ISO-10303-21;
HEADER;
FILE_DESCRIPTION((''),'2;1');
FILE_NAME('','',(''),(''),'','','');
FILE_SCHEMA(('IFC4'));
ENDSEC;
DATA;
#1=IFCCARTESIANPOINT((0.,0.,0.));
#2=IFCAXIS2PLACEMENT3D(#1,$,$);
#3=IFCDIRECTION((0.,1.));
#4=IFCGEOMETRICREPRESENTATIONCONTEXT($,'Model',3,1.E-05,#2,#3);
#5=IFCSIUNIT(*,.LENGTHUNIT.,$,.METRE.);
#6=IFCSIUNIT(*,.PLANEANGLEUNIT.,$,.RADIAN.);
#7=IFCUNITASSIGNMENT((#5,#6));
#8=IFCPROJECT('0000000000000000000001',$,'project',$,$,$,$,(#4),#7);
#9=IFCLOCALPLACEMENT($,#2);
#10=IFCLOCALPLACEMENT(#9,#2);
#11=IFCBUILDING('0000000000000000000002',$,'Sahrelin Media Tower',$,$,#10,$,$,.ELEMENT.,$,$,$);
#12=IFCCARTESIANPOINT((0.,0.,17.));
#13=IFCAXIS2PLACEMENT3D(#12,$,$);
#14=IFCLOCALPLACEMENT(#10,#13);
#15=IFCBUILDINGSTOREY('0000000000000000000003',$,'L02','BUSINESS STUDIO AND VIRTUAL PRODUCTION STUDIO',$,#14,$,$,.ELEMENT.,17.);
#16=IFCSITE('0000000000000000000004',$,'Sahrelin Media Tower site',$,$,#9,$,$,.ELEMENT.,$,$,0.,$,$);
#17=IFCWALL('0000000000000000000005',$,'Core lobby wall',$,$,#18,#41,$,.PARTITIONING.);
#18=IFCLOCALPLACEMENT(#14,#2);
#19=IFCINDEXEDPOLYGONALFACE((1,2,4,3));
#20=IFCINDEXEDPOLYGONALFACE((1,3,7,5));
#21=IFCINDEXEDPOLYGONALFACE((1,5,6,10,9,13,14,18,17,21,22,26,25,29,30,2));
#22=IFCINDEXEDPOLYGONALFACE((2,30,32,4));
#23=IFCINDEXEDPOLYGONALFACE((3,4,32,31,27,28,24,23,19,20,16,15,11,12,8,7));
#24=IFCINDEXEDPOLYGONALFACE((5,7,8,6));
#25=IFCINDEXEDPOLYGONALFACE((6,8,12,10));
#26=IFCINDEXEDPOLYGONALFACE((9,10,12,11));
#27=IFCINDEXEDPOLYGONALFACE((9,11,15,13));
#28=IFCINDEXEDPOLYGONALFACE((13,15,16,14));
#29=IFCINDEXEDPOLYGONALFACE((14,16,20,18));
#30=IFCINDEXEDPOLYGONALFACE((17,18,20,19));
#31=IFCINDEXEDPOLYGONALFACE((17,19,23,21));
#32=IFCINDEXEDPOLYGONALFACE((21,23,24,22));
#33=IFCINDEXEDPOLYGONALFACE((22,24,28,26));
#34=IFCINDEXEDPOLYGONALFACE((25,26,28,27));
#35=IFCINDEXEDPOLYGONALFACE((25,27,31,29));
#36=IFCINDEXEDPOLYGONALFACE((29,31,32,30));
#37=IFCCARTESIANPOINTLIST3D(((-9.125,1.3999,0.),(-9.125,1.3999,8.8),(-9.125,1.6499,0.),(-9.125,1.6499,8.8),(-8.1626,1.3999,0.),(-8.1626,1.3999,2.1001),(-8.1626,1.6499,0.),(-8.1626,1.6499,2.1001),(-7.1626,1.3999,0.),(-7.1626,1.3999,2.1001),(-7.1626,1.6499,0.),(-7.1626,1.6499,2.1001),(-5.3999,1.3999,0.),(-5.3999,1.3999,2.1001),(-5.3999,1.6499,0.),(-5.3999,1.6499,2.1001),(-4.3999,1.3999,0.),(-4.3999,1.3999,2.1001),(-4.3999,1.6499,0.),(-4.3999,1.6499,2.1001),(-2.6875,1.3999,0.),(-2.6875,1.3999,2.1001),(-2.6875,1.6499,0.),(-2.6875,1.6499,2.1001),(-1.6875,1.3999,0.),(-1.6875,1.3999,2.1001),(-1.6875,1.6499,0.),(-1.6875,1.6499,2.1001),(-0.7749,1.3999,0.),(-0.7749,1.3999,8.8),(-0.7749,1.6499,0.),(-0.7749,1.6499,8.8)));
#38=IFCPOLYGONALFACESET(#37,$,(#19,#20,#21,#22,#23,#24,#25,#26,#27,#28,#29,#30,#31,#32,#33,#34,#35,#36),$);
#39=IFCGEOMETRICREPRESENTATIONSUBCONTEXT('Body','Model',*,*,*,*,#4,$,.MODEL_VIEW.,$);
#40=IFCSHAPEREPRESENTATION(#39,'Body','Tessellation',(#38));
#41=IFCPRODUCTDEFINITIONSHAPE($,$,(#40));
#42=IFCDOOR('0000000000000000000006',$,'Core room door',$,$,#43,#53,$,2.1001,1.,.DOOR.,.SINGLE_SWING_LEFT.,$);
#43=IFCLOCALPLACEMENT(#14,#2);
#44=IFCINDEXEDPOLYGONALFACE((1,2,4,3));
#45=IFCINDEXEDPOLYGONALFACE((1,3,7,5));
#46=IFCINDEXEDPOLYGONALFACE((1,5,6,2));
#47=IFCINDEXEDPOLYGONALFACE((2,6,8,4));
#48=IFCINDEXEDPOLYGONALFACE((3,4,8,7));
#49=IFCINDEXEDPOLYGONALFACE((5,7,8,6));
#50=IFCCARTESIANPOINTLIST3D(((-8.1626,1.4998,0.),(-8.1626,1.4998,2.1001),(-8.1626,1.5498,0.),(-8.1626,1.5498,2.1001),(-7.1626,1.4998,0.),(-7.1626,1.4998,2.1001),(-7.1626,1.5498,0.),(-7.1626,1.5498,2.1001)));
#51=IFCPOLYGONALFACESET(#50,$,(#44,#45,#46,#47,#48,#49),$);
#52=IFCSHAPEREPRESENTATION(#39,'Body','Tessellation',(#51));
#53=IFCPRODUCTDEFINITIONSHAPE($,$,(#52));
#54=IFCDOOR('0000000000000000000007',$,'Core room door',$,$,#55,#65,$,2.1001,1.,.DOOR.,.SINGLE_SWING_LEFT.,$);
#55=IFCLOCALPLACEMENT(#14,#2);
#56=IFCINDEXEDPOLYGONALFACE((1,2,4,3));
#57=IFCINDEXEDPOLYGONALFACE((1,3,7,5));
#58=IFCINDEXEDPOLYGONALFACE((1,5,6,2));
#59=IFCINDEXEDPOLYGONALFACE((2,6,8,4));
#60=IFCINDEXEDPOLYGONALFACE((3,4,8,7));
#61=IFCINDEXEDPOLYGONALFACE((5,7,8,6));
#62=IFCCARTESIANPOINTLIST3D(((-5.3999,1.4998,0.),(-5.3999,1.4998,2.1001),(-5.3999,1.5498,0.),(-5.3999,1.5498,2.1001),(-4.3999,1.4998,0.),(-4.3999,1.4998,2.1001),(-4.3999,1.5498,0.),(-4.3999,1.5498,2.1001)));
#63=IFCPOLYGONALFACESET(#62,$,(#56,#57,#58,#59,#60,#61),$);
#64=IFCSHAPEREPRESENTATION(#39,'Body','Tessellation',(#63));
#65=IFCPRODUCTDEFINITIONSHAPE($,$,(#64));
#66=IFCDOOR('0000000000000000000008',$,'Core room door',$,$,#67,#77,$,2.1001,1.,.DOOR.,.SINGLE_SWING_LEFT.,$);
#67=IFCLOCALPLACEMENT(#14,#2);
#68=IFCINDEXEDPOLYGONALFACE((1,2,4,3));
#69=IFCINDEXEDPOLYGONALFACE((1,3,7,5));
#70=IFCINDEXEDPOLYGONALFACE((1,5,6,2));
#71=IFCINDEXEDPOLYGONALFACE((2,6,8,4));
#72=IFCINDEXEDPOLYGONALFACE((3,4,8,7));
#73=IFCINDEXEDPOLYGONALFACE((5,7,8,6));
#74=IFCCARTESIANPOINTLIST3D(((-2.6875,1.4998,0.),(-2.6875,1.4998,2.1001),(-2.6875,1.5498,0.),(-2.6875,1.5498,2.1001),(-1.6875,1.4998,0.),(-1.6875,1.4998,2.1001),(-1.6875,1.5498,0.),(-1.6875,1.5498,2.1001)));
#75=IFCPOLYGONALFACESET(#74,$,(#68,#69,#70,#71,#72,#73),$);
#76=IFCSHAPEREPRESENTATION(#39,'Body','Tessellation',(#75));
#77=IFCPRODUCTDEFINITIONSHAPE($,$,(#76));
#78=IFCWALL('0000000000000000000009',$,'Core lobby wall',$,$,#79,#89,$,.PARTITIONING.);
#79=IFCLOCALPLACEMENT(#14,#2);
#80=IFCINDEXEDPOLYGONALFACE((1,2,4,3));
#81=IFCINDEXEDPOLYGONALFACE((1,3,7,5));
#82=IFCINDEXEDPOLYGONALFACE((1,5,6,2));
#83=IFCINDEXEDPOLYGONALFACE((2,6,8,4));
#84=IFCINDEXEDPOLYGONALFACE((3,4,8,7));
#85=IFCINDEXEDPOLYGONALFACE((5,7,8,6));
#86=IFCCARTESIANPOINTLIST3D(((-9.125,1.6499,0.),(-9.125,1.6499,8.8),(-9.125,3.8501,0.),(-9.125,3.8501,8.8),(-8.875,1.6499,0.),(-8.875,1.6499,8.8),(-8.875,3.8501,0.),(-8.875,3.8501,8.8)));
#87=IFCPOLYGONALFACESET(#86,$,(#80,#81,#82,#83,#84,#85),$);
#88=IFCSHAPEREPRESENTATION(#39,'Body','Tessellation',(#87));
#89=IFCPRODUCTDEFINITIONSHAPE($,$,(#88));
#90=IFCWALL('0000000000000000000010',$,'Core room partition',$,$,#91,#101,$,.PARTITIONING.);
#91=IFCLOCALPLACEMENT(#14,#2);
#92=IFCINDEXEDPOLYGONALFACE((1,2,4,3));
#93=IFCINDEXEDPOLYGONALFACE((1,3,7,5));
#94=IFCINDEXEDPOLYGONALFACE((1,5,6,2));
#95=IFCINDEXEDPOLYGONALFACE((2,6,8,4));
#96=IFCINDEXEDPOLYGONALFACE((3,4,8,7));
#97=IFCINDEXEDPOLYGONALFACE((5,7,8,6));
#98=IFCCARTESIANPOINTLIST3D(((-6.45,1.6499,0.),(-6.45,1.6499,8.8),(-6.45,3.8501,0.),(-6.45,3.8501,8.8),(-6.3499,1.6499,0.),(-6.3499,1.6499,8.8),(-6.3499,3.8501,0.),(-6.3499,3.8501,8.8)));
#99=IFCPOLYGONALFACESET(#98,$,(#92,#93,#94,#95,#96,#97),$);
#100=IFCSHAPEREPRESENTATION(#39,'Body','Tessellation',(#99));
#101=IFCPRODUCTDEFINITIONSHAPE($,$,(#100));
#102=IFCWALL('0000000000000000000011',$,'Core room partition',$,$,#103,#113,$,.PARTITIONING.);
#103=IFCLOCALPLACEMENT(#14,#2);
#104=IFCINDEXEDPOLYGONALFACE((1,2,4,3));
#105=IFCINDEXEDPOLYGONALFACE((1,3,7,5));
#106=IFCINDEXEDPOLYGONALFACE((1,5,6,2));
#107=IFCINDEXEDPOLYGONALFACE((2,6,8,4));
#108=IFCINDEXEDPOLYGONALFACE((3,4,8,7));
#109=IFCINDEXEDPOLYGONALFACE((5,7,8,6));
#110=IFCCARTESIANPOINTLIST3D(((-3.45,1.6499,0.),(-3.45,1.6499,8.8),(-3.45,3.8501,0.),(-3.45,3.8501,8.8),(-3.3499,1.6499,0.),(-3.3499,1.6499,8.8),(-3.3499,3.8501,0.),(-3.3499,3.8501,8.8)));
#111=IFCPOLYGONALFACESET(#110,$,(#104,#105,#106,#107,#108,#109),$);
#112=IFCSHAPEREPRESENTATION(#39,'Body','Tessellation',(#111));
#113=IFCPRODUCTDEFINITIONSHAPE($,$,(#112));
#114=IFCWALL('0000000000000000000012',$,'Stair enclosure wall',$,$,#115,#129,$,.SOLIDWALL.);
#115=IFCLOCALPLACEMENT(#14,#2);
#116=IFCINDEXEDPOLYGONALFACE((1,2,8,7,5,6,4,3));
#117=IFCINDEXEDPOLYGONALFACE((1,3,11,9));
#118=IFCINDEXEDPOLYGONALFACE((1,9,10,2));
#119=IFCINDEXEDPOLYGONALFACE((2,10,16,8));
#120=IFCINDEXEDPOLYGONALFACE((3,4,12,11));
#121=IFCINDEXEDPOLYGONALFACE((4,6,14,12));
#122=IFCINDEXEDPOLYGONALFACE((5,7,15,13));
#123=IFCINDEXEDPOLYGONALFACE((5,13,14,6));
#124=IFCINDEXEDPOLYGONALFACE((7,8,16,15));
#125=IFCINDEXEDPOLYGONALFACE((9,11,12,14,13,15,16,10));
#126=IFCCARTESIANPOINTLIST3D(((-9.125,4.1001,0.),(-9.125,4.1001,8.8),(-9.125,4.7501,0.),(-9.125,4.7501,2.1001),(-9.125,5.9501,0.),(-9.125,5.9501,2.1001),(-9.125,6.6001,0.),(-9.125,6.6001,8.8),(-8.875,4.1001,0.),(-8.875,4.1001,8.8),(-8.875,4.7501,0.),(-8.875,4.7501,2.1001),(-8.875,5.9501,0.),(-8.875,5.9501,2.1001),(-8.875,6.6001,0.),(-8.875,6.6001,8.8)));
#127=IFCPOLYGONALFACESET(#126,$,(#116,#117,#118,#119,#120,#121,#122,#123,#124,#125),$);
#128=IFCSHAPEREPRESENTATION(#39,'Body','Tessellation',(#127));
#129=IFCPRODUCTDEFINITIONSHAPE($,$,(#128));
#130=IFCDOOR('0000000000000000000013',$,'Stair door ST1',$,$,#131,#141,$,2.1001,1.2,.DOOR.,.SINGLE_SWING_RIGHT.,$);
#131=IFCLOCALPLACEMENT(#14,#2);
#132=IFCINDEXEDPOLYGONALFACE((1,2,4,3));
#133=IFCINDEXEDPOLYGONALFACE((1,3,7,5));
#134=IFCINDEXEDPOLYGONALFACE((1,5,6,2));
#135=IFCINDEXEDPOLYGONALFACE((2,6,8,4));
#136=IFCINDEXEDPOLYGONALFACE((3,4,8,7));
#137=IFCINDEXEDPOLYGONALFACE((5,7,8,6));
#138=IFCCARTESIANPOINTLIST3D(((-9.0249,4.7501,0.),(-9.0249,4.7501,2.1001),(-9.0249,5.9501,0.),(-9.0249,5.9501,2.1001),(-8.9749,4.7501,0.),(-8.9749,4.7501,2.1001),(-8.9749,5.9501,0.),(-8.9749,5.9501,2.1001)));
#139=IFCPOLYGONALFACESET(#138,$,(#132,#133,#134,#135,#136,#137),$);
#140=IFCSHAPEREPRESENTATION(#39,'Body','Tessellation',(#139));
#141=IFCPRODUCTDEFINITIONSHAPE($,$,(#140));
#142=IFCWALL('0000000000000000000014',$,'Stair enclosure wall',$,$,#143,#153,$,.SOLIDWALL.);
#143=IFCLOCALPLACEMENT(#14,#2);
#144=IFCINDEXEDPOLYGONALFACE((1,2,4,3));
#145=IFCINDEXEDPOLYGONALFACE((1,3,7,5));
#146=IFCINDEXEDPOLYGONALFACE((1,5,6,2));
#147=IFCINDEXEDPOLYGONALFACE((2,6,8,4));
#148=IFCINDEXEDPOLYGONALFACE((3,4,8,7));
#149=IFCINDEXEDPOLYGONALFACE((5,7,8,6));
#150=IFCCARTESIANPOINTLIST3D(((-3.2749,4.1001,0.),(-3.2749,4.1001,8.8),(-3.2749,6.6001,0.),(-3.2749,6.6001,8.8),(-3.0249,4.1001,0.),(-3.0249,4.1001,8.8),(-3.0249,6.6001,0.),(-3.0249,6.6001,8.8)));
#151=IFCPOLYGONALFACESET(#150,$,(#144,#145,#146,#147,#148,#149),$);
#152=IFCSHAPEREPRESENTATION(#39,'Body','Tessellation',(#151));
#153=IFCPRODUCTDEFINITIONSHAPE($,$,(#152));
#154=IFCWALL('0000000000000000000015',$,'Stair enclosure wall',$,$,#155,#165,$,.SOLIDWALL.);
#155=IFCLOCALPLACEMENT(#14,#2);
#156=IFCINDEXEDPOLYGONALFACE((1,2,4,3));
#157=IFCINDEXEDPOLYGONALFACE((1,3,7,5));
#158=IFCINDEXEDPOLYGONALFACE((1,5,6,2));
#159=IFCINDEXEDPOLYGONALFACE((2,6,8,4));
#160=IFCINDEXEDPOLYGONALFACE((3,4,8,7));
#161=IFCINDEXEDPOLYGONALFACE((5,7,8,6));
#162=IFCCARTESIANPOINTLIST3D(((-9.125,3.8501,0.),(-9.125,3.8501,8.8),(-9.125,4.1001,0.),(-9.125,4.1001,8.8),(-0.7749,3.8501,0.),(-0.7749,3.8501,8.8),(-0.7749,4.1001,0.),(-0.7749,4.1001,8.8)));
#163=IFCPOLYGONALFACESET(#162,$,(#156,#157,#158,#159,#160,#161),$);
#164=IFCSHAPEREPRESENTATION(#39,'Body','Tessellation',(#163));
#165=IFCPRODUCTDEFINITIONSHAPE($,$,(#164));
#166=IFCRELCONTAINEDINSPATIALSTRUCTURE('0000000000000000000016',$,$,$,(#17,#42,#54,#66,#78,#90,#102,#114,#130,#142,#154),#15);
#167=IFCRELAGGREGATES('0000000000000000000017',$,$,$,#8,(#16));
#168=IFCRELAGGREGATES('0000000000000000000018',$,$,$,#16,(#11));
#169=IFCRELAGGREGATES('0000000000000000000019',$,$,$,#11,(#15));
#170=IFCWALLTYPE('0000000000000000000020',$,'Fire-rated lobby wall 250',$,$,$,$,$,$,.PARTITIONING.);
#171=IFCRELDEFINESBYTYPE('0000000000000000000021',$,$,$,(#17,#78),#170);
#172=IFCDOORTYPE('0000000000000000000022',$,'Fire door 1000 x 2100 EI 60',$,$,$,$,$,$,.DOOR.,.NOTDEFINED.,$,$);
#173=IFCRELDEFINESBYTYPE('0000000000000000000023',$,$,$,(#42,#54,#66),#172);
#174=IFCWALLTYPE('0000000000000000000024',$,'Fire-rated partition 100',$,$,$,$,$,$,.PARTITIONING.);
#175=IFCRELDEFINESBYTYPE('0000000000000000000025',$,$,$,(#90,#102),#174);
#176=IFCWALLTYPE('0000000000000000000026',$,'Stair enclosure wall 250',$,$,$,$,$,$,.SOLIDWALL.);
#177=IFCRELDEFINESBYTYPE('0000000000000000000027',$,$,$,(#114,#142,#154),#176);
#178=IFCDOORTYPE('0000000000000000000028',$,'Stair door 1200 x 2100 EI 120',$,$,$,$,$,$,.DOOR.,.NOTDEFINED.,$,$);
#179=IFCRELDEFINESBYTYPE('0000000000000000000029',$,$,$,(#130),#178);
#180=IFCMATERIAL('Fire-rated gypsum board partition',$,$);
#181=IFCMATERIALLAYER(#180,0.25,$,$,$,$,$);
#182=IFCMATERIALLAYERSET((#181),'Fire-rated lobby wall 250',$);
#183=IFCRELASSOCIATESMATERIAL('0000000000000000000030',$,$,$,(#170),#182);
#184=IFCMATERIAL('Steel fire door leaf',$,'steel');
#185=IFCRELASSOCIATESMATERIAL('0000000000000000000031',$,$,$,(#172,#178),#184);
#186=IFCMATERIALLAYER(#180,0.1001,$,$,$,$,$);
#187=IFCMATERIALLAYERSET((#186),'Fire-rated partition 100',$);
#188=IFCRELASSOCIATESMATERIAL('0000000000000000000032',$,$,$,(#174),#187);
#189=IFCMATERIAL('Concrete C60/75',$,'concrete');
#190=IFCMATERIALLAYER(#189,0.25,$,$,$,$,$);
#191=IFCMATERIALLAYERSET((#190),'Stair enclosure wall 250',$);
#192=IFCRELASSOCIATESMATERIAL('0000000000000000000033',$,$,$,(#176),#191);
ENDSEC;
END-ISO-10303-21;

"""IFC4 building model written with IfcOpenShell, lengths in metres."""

from ifc_helpers import new_model, si_unit, direction, frame, frame_2d, origin, place, context, subcontext, project, spatial, rectangle, extrude, material, layer, layer_set, type_object, element, fill, save


model = new_model("IFC4")

# Units and contexts
model_context = context("Model", 3, precision=1e-05, world=origin(), true_north=direction((0.0, 1.0)))
body_context = subcontext(model_context, "Body", "Model", "MODEL_VIEW")
ifc_project = project(units=[si_unit("LENGTHUNIT", "METRE"), si_unit("PLANEANGLEUNIT", "RADIAN")], contexts=[model_context])

# Site, building, storey
site_placement = place(None, origin())
site = spatial("IfcSite", under=ifc_project, at=site_placement, Name="Sahrelin Media Tower site", CompositionType="ELEMENT", RefElevation=0.0)
building_placement = place(site_placement, origin())
building = spatial("IfcBuilding", under=site, at=building_placement, Name="Sahrelin Media Tower", CompositionType="ELEMENT")
storey_placement = place(building_placement, frame((0.0, 0.0, 17.0)))
storey = spatial("IfcBuildingStorey", under=building, at=storey_placement, Name="L02", Description="BUSINESS STUDIO AND VIRTUAL PRODUCTION STUDIO", CompositionType="ELEMENT", Elevation=17.0)

# Wall, openings, doors
ifc_material_1 = material(Name="Fire-rated gypsum board partition")
ifc_layer_1 = layer(ifc_material_1, 0.25)
ifc_layer_set_1 = layer_set([ifc_layer_1], Name="Fire-rated lobby wall 250")
wall_type_1 = type_object("IfcWallType", Name="Fire-rated lobby wall 250", PredefinedType="PARTITIONING", material=ifc_layer_set_1)
wall_1_placement = place(storey_placement, frame((-9.125, 1.5249, 0.0), z_axis=(0.0, 0.0, 1.0), x_axis=(1.0, 0.0, 0.0)))
wall_1 = element("IfcWall", 1, at=wall_1_placement, inside=storey, type_object=wall_type_1, Name="Core lobby wall", PredefinedType="PARTITIONING", context=body_context, shape_type="SweptSolid", body=[
    extrude(rectangle(XDim=8.3501, YDim=0.25, at=frame_2d((4.175, 0.0))), origin(), (0.0, 0.0, 1.0), 8.8),
])
opening_1_placement = place(wall_1_placement, frame((0.9624, 0.0, 0.0)))
opening_1 = element("IfcOpeningElement", 2, at=opening_1_placement, cuts=wall_1, PredefinedType="OPENING", context=body_context, shape_type="SweptSolid", body=[
    extrude(rectangle(XDim=1.0, YDim=2.1001, at=frame_2d((0.5, 1.05))), frame((0.0, 0.125, 0.0), z_axis=(0.0, -1.0, 0.0), x_axis=(1.0, 0.0, 0.0)), (0.0, 0.0, 1.0), 0.25),
])
opening_2_placement = place(wall_1_placement, frame((3.7251, 0.0, 0.0)))
opening_2 = element("IfcOpeningElement", 3, at=opening_2_placement, cuts=wall_1, PredefinedType="OPENING", context=body_context, shape_type="SweptSolid", body=[
    extrude(rectangle(XDim=1.0, YDim=2.1001, at=frame_2d((0.5, 1.05))), frame((0.0, 0.125, 0.0), z_axis=(0.0, -1.0, 0.0), x_axis=(1.0, 0.0, 0.0)), (0.0, 0.0, 1.0), 0.25),
])
opening_3_placement = place(wall_1_placement, frame((6.4375, 0.0, 0.0)))
opening_3 = element("IfcOpeningElement", 4, at=opening_3_placement, cuts=wall_1, PredefinedType="OPENING", context=body_context, shape_type="SweptSolid", body=[
    extrude(rectangle(XDim=1.0, YDim=2.1001, at=frame_2d((0.5, 1.05))), frame((0.0, 0.125, 0.0), z_axis=(0.0, -1.0, 0.0), x_axis=(1.0, 0.0, 0.0)), (0.0, 0.0, 1.0), 0.25),
])
ifc_material_2 = material(Name="Steel fire door leaf", Category="steel")
door_type_1 = type_object("IfcDoorType", Name="Fire door 1000 x 2100 EI 60", OperationType="NOTDEFINED", PredefinedType="DOOR", material=ifc_material_2)
door_1_placement = place(opening_1_placement, origin())
door_1 = element("IfcDoor", 5, at=door_1_placement, inside=storey, type_object=door_type_1, Name="Core room door", OperationType="SINGLE_SWING_LEFT", OverallHeight=2.1001, OverallWidth=1.0, PredefinedType="DOOR", context=body_context, shape_type="SweptSolid", body=[
    extrude(rectangle(XDim=1.0, YDim=2.1001, at=frame_2d((0.5, 1.05))), frame((0.0, 0.0249, 0.0), z_axis=(0.0, -1.0, 0.0), x_axis=(1.0, 0.0, 0.0)), (0.0, 0.0, 1.0), 0.05),
])
fill(opening_1, door_1)
door_2_placement = place(opening_2_placement, origin())
door_2 = element("IfcDoor", 6, at=door_2_placement, inside=storey, type_object=door_type_1, Name="Core room door", OperationType="SINGLE_SWING_LEFT", OverallHeight=2.1001, OverallWidth=1.0, PredefinedType="DOOR", context=body_context, shape_type="SweptSolid", body=[
    extrude(rectangle(XDim=1.0, YDim=2.1001, at=frame_2d((0.5, 1.05))), frame((0.0, 0.0249, 0.0), z_axis=(0.0, -1.0, 0.0), x_axis=(1.0, 0.0, 0.0)), (0.0, 0.0, 1.0), 0.05),
])
fill(opening_2, door_2)
door_3_placement = place(opening_3_placement, origin())
door_3 = element("IfcDoor", 7, at=door_3_placement, inside=storey, type_object=door_type_1, Name="Core room door", OperationType="SINGLE_SWING_LEFT", OverallHeight=2.1001, OverallWidth=1.0, PredefinedType="DOOR", context=body_context, shape_type="SweptSolid", body=[
    extrude(rectangle(XDim=1.0, YDim=2.1001, at=frame_2d((0.5, 1.05))), frame((0.0, 0.0249, 0.0), z_axis=(0.0, -1.0, 0.0), x_axis=(1.0, 0.0, 0.0)), (0.0, 0.0, 1.0), 0.05),
])
fill(opening_3, door_3)

# Walls
wall_2_placement = place(storey_placement, frame((-9.0, 1.6499, 0.0), z_axis=(0.0, 0.0, 1.0), x_axis=(0.0, 1.0, 0.0)))
element("IfcWall", 8, at=wall_2_placement, inside=storey, type_object=wall_type_1, Name="Core lobby wall", PredefinedType="PARTITIONING", context=body_context, shape_type="SweptSolid", body=[
    extrude(rectangle(XDim=2.2002, YDim=0.25, at=frame_2d((1.1001, 0.0))), origin(), (0.0, 0.0, 1.0), 8.8),
])
ifc_layer_2 = layer(ifc_material_1, 0.1001)
ifc_layer_set_2 = layer_set([ifc_layer_2], Name="Fire-rated partition 100")
wall_type_2 = type_object("IfcWallType", Name="Fire-rated partition 100", PredefinedType="PARTITIONING", material=ifc_layer_set_2)
for number, where, z_axis, x_axis, name in (
    (9, (-6.3999, 1.6499, 0.0), (0.0, 0.0, 1.0), (0.0, 1.0, 0.0), "Core room partition"),
    (10, (-3.3999, 1.6499, 0.0), (0.0, 0.0, 1.0), (0.0, 1.0, 0.0), "Core room partition"),
):
    element("IfcWall", number, at=place(storey_placement, frame(where, z_axis=z_axis, x_axis=x_axis)), inside=storey, type_object=wall_type_2, Name=name, PredefinedType="PARTITIONING", context=body_context, shape_type="SweptSolid", body=[
        extrude(rectangle(XDim=2.2002, YDim=0.1001, at=frame_2d((1.1001, 0.0))), origin(), (0.0, 0.0, 1.0), 8.8),
    ])

# Wall, opening, door
ifc_material_3 = material(Name="Concrete C60/75", Category="concrete")
ifc_layer_3 = layer(ifc_material_3, 0.25)
ifc_layer_set_3 = layer_set([ifc_layer_3], Name="Stair enclosure wall 250")
wall_type_3 = type_object("IfcWallType", Name="Stair enclosure wall 250", PredefinedType="SOLIDWALL", material=ifc_layer_set_3)
wall_3_placement = place(storey_placement, frame((-9.0, 4.1001, 0.0), z_axis=(0.0, 0.0, 1.0), x_axis=(0.0, 1.0, 0.0)))
wall_3 = element("IfcWall", 11, at=wall_3_placement, inside=storey, type_object=wall_type_3, Name="Stair enclosure wall", PredefinedType="SOLIDWALL", context=body_context, shape_type="SweptSolid", body=[
    extrude(rectangle(XDim=2.5, YDim=0.25, at=frame_2d((1.25, 0.0))), origin(), (0.0, 0.0, 1.0), 8.8),
])
opening_4_placement = place(wall_3_placement, frame((0.6499, 0.0, 0.0)))
opening_4 = element("IfcOpeningElement", 12, at=opening_4_placement, cuts=wall_3, PredefinedType="OPENING", context=body_context, shape_type="SweptSolid", body=[
    extrude(rectangle(XDim=1.2, YDim=2.1001, at=frame_2d((0.6001, 1.05))), frame((0.0, 0.125, 0.0), z_axis=(0.0, -1.0, 0.0), x_axis=(1.0, 0.0, 0.0)), (0.0, 0.0, 1.0), 0.25),
])
door_type_2 = type_object("IfcDoorType", Name="Stair door 1200 x 2100 EI 120", OperationType="NOTDEFINED", PredefinedType="DOOR", material=ifc_material_2)
door_4_placement = place(opening_4_placement, origin())
door_4 = element("IfcDoor", 13, at=door_4_placement, inside=storey, type_object=door_type_2, Name="Stair door ST1", OperationType="SINGLE_SWING_RIGHT", OverallHeight=2.1001, OverallWidth=1.2, PredefinedType="DOOR", context=body_context, shape_type="SweptSolid", body=[
    extrude(rectangle(XDim=1.2, YDim=2.1001, at=frame_2d((0.6001, 1.05))), frame((0.0, 0.0249, 0.0), z_axis=(0.0, -1.0, 0.0), x_axis=(1.0, 0.0, 0.0)), (0.0, 0.0, 1.0), 0.05),
])
fill(opening_4, door_4)

# Walls
wall_4_placement = place(storey_placement, frame((-3.1499, 4.1001, 0.0), z_axis=(0.0, 0.0, 1.0), x_axis=(0.0, 1.0, 0.0)))
element("IfcWall", 14, at=wall_4_placement, inside=storey, type_object=wall_type_3, Name="Stair enclosure wall", PredefinedType="SOLIDWALL", context=body_context, shape_type="SweptSolid", body=[
    extrude(rectangle(XDim=2.5, YDim=0.25, at=frame_2d((1.25, 0.0))), origin(), (0.0, 0.0, 1.0), 8.8),
])
wall_5_placement = place(storey_placement, frame((-9.125, 3.9751, 0.0), z_axis=(0.0, 0.0, 1.0), x_axis=(1.0, 0.0, 0.0)))
element("IfcWall", 15, at=wall_5_placement, inside=storey, type_object=wall_type_3, Name="Stair enclosure wall", PredefinedType="SOLIDWALL", context=body_context, shape_type="SweptSolid", body=[
    extrude(rectangle(XDim=8.3501, YDim=0.25, at=frame_2d((4.175, 0.0))), origin(), (0.0, 0.0, 1.0), 8.8),
])

save(model, "model.ifc")
